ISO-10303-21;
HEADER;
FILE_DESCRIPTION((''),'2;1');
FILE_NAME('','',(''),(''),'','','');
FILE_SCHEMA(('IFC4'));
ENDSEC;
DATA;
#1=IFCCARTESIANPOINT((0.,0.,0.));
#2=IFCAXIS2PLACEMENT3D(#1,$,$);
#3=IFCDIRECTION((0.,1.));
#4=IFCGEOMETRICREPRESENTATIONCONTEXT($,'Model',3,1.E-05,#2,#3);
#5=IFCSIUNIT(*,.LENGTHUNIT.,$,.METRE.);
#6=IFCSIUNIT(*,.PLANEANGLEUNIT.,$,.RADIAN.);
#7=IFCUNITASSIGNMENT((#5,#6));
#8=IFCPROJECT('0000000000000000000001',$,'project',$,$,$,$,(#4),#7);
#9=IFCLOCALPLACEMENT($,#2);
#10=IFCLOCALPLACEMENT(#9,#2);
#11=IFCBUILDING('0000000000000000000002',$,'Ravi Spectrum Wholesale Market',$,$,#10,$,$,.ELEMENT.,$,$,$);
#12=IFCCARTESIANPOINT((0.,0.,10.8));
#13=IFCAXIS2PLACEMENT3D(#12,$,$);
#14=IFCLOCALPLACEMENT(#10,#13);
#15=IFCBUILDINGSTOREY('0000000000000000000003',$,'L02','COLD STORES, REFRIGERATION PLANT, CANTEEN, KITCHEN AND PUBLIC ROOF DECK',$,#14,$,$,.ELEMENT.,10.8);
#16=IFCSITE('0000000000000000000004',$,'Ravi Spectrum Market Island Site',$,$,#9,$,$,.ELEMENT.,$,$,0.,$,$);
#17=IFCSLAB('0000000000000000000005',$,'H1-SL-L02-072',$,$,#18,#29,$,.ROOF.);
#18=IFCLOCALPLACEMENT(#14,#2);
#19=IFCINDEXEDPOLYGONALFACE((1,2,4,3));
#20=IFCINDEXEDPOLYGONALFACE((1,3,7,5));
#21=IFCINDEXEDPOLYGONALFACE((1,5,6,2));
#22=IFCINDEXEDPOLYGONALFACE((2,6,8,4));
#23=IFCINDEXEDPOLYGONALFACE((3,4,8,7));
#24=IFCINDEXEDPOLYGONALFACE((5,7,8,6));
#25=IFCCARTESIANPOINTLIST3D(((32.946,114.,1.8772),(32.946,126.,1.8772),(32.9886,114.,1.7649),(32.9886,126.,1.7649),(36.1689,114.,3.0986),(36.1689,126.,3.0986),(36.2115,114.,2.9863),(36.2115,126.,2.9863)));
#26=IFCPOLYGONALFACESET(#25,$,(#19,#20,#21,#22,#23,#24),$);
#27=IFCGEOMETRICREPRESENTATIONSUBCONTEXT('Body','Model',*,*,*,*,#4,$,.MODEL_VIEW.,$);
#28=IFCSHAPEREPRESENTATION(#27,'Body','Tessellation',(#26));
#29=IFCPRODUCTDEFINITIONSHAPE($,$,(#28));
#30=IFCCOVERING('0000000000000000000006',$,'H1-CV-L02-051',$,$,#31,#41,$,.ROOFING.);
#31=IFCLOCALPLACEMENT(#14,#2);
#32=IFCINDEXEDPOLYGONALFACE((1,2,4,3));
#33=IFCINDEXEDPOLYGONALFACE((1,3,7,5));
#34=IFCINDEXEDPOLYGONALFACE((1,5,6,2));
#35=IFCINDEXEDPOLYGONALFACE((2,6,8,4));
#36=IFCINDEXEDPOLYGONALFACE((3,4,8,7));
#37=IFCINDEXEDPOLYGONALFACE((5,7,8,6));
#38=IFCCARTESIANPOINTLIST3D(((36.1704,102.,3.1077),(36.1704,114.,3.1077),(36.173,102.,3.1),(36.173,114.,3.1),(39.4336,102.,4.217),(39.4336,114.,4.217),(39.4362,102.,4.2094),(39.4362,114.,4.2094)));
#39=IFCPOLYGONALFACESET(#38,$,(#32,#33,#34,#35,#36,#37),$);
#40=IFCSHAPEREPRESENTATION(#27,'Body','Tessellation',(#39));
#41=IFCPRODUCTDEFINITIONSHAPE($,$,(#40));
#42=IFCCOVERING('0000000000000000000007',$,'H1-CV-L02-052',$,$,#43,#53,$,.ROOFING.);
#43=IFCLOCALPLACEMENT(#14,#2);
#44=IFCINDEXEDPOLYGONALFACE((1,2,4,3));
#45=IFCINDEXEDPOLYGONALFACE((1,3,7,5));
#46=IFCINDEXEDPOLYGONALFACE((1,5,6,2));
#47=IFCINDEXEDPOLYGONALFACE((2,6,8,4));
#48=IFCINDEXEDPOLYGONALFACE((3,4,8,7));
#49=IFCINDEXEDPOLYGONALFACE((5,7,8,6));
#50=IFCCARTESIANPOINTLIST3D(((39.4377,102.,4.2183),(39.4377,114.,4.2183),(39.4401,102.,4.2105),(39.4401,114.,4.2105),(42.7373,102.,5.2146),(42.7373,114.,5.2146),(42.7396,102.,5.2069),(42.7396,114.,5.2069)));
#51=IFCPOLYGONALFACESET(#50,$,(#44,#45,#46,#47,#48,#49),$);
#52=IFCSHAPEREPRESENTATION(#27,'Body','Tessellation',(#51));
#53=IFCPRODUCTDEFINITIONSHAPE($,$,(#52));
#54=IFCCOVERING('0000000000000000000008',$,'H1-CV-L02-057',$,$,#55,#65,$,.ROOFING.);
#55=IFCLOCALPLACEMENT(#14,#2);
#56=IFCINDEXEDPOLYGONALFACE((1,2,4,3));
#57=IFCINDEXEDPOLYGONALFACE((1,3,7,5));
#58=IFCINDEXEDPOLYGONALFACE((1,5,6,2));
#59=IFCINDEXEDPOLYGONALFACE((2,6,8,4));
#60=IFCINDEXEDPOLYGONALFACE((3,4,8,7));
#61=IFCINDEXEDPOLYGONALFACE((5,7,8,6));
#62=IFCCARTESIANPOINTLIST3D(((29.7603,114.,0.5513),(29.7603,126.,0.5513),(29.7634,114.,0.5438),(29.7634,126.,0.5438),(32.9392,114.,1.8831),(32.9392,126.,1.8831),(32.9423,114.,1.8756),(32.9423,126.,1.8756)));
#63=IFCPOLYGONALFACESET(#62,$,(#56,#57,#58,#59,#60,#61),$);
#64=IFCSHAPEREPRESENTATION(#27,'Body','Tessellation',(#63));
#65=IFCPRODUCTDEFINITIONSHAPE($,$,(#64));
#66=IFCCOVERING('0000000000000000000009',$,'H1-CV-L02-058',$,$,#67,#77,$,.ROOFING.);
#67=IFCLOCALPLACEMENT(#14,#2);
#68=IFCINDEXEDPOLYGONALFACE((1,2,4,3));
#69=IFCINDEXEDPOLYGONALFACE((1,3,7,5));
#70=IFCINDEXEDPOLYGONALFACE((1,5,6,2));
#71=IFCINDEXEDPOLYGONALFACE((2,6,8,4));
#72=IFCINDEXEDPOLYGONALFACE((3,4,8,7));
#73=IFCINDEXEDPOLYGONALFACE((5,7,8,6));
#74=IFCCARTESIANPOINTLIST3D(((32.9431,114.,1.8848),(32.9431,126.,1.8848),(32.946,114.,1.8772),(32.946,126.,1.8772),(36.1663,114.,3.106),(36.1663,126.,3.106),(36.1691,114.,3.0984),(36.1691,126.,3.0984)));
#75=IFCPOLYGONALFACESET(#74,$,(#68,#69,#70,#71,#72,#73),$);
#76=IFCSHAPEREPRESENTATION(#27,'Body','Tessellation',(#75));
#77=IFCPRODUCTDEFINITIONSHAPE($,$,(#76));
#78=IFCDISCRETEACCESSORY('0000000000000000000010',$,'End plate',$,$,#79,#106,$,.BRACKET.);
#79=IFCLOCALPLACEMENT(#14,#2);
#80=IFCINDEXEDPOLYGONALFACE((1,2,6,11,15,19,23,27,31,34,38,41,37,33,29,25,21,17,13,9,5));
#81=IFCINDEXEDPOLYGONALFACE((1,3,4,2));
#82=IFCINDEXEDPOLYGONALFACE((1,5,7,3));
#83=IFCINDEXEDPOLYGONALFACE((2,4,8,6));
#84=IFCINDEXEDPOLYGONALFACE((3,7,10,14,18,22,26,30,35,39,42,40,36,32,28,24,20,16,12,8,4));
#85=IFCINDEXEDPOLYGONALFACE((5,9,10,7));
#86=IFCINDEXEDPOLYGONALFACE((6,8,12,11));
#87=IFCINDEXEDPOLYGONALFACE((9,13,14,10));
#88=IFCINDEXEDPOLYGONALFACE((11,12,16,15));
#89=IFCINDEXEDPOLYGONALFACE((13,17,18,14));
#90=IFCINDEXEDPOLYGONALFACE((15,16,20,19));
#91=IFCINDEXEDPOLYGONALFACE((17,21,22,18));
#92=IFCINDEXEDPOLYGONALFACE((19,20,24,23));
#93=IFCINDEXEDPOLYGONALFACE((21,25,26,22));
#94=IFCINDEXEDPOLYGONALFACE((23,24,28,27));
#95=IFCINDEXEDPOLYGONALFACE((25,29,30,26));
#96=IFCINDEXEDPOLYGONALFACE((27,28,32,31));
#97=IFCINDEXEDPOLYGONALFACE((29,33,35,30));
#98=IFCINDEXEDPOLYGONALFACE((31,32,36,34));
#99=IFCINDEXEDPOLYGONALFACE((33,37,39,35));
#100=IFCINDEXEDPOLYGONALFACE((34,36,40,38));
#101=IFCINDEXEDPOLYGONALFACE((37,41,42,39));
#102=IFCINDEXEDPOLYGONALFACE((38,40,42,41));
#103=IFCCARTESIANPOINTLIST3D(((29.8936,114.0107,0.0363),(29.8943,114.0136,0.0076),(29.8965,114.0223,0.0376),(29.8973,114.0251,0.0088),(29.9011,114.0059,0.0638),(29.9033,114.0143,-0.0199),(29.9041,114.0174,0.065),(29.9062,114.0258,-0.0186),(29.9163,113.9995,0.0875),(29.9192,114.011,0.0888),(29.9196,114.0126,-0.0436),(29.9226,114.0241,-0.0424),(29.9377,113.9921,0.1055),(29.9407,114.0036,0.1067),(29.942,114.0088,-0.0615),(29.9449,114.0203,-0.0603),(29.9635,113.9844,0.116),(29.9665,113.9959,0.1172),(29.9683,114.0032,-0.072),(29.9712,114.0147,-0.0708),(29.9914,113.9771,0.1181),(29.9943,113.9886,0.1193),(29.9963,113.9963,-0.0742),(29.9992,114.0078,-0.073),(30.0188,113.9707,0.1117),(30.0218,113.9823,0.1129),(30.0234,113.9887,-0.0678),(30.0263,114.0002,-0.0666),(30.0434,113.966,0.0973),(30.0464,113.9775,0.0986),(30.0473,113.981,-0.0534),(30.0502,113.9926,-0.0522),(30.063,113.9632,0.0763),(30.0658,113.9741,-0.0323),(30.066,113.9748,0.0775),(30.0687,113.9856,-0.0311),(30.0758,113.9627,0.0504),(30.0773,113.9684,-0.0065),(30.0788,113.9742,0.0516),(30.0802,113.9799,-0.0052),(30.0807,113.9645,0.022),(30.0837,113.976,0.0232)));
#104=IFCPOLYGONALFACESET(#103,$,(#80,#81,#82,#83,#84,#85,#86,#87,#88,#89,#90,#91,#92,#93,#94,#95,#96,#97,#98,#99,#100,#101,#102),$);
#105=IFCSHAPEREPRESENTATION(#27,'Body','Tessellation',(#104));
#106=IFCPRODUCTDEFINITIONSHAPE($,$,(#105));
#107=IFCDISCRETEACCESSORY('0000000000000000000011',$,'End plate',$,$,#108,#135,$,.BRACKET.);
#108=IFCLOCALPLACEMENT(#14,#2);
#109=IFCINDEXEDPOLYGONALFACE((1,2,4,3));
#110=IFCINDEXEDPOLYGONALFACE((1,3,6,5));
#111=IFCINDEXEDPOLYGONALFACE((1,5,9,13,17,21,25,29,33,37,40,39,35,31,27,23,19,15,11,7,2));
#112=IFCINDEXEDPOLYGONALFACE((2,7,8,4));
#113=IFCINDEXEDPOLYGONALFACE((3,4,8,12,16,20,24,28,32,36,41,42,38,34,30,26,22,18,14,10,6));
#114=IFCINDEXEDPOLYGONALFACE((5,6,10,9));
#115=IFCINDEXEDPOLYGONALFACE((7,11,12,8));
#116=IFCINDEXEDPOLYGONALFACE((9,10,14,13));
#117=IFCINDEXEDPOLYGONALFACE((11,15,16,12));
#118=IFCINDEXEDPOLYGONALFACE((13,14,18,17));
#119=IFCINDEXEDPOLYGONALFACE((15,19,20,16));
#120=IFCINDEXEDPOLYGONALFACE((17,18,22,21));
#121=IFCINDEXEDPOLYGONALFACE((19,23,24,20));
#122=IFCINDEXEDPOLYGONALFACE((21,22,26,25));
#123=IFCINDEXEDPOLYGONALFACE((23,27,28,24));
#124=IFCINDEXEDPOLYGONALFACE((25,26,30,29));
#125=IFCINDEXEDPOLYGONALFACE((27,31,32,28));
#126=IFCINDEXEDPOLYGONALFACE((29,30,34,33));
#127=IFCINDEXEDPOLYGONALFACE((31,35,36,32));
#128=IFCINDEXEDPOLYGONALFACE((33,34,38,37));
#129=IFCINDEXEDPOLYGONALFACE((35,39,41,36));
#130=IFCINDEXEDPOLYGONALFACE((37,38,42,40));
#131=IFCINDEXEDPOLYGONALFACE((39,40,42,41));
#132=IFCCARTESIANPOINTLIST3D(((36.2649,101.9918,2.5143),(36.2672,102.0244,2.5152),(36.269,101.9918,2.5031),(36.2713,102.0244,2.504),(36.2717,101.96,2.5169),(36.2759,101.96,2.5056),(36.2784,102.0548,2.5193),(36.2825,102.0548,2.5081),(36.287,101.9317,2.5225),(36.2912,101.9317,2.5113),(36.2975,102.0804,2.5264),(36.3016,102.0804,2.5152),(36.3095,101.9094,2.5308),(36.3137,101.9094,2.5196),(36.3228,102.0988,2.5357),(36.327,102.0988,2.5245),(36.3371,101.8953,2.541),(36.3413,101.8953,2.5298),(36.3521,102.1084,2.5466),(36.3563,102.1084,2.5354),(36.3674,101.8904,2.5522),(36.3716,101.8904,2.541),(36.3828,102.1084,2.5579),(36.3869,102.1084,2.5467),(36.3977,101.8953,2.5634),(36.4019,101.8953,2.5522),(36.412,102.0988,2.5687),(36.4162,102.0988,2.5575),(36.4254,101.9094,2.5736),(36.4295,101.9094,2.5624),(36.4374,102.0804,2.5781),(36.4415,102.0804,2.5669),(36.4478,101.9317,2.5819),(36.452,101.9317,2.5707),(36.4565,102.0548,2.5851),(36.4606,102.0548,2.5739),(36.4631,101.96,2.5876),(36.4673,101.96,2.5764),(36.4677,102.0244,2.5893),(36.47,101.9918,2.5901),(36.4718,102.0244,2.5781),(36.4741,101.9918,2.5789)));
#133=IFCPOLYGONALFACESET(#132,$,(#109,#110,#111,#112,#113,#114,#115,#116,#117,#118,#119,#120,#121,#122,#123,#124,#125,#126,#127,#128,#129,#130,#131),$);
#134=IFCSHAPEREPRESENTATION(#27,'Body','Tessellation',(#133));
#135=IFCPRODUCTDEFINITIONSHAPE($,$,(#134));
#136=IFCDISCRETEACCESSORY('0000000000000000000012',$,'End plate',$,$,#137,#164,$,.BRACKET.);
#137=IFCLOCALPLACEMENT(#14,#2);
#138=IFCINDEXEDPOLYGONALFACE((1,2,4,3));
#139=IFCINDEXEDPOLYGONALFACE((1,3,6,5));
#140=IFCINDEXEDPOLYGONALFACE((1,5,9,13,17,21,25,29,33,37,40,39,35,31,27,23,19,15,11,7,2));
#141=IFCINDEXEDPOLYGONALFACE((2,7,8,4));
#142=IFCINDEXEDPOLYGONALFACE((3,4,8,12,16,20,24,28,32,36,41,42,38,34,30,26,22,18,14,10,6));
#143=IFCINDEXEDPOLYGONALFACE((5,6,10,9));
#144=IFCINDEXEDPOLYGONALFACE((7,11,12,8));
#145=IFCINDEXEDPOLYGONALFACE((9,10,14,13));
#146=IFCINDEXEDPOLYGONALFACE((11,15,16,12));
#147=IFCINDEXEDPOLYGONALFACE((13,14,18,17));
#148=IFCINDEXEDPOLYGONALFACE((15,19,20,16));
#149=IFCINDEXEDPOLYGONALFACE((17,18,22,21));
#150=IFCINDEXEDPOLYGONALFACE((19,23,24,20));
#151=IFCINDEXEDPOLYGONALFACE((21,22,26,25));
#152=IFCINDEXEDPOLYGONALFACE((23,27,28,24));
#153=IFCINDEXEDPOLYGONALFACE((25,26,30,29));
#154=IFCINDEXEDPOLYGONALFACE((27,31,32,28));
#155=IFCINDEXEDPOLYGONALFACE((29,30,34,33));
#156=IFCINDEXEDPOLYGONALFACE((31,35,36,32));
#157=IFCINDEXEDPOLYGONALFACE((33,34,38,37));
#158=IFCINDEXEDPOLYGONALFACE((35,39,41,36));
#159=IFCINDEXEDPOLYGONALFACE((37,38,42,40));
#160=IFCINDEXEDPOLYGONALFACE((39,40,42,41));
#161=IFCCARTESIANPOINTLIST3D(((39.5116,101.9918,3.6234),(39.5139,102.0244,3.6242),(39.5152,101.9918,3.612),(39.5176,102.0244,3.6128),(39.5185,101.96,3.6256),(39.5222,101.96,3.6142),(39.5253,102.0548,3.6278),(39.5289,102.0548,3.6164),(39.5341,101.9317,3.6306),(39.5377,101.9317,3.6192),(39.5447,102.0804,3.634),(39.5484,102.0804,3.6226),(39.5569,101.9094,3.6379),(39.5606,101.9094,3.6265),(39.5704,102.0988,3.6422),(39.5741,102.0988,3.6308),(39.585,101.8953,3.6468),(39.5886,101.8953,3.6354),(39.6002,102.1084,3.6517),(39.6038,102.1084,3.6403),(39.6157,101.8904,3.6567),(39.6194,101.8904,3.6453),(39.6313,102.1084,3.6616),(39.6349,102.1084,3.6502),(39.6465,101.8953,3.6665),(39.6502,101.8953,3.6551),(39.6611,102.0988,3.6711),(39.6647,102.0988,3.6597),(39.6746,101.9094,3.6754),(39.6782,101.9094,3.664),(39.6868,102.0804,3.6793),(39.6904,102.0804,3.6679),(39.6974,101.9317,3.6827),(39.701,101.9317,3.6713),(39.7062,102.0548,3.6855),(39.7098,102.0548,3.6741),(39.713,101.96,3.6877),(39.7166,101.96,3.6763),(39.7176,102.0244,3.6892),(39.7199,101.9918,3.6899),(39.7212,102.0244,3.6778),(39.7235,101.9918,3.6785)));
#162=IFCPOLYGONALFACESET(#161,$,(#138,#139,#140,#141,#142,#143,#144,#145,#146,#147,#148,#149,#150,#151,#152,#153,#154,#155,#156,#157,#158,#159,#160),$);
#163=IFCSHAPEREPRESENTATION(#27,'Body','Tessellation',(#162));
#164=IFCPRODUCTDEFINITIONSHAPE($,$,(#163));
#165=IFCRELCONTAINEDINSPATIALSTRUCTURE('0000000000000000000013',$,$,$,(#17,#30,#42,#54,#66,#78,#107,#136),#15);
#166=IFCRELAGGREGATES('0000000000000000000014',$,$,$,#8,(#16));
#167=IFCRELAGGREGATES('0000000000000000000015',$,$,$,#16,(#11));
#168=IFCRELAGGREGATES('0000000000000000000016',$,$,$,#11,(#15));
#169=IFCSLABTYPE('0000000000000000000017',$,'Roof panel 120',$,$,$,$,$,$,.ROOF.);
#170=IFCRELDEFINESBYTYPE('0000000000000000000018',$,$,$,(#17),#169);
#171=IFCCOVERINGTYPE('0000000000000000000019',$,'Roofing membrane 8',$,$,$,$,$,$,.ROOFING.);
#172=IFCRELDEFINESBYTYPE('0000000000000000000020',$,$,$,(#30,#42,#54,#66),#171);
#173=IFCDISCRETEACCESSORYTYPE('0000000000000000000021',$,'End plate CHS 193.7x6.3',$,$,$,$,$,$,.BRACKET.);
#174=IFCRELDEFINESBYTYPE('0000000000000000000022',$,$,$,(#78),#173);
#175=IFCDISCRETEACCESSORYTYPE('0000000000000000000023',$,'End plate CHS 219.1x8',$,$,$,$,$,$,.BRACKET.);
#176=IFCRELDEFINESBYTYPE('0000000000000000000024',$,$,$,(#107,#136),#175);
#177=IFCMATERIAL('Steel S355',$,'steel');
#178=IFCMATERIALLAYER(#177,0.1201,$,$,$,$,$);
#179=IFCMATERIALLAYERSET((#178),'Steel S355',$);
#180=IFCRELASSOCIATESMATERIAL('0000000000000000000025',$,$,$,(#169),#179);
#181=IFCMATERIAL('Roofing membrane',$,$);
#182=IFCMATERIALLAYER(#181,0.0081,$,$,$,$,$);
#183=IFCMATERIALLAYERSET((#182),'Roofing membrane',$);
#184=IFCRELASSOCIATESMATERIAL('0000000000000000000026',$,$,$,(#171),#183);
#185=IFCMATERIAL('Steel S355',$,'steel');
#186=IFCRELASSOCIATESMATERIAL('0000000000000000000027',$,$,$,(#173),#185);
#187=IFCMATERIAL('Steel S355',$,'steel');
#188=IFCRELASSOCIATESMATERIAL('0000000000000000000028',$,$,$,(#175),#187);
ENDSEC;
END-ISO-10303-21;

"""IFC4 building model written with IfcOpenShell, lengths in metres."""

from ifc_helpers import new_model, si_unit, direction, frame, origin, origin_2d, place, context, subcontext, project, spatial, polyline, circle, outline, extrude, material, layer, layer_set, material_profile, profile_set, type_object, element, save


model = new_model("IFC4")

# Units and contexts
model_context = context("Model", 3, precision=1e-05, world=origin(), true_north=direction((0.0, 1.0)))
body_context = subcontext(model_context, "Body", "Model", "MODEL_VIEW")
ifc_project = project(units=[si_unit("LENGTHUNIT", "METRE"), si_unit("PLANEANGLEUNIT", "RADIAN")], contexts=[model_context])

# Site, building, storey
site_placement = place(None, origin())
site = spatial("IfcSite", under=ifc_project, at=site_placement, Name="Ravi Spectrum Market Island Site", CompositionType="ELEMENT", RefElevation=0.0)
building_placement = place(site_placement, origin())
building = spatial("IfcBuilding", under=site, at=building_placement, Name="Ravi Spectrum Wholesale Market", CompositionType="ELEMENT")
storey_placement = place(building_placement, frame((0.0, 0.0, 10.8)))
storey = spatial("IfcBuildingStorey", under=building, at=storey_placement, Name="L02", Description="COLD STORES, REFRIGERATION PLANT, CANTEEN, KITCHEN AND PUBLIC ROOF DECK", CompositionType="ELEMENT", Elevation=10.8)

# Slab
ifc_material_1 = material(Name="Steel S355", Category="steel")
ifc_layer_1 = layer(ifc_material_1, 0.1201)
ifc_layer_set_1 = layer_set([ifc_layer_1], Name="Steel S355")
slab_type = type_object("IfcSlabType", Name="Roof panel 120", PredefinedType="ROOF", material=ifc_layer_set_1)
slab_1_placement = place(storey_placement, frame((32.946, 114.0, 1.8772), z_axis=(-0.354389, 0.0, 0.935098), x_axis=(0.935098, 0.0, 0.354389)))
element("IfcSlab", 1, at=slab_1_placement, inside=storey, type_object=slab_type, Name="H1-SL-L02-072", PredefinedType="ROOF", context=body_context, shape_type="SweptSolid", body=[
    extrude(outline(polyline([(0.0, 0.0), (3.4466, 0.0), (3.4466, 12.0), (0.0, 12.0), (0.0, 0.0)])), origin(), (0.0, 0.0, -1.0), 0.1201),
])

# Coverings
ifc_material_2 = material(Name="Roofing membrane")
ifc_layer_2 = layer(ifc_material_2, 0.0081)
ifc_layer_set_2 = layer_set([ifc_layer_2], Name="Roofing membrane")
covering_type = type_object("IfcCoveringType", Name="Roofing membrane 8", PredefinedType="ROOFING", material=ifc_layer_set_2)
covering_1_placement = place(storey_placement, frame((36.1704, 102.0, 3.1077), z_axis=(-0.321875, 0.0, 0.946782), x_axis=(0.946782, 0.0, 0.321875)))
element("IfcCovering", 2, at=covering_1_placement, inside=storey, type_object=covering_type, Name="H1-CV-L02-051", PredefinedType="ROOFING", context=body_context, shape_type="SweptSolid", body=[
    extrude(outline(polyline([(0.0, 0.0), (3.4466, 0.0), (3.4466, 12.0), (0.0, 12.0), (0.0, 0.0)])), origin(), (0.0, 0.0, -1.0), 0.0081),
])
covering_2_placement = place(storey_placement, frame((39.4377, 102.0, 4.2183), z_axis=(-0.28907, 0.0, 0.957308), x_axis=(0.957308, 0.0, 0.28907)))
element("IfcCovering", 3, at=covering_2_placement, inside=storey, type_object=covering_type, Name="H1-CV-L02-052", PredefinedType="ROOFING", context=body_context, shape_type="SweptSolid", body=[
    extrude(outline(polyline([(0.0, 0.0), (3.4467, 0.0), (3.4467, 12.0), (0.0, 12.0), (0.0, 0.0)])), origin(), (0.0, 0.0, -1.0), 0.0081),
])
covering_3_placement = place(storey_placement, frame((29.7603, 114.0, 0.5513), z_axis=(-0.3864, 0.0, 0.922331), x_axis=(0.922331, 0.0, 0.3864)))
element("IfcCovering", 4, at=covering_3_placement, inside=storey, type_object=covering_type, Name="H1-CV-L02-057", PredefinedType="ROOFING", context=body_context, shape_type="SweptSolid", body=[
    extrude(outline(polyline([(0.0, 0.0), (3.4467, 0.0), (3.4467, 12.0), (0.0, 12.0), (0.0, 0.0)])), origin(), (0.0, 0.0, -1.0), 0.0081),
])
covering_4_placement = place(storey_placement, frame((32.9431, 114.0, 1.8848), z_axis=(-0.354304, 0.0, 0.93513), x_axis=(0.93513, 0.0, 0.354304)))
element("IfcCovering", 5, at=covering_4_placement, inside=storey, type_object=covering_type, Name="H1-CV-L02-058", PredefinedType="ROOFING", context=body_context, shape_type="SweptSolid", body=[
    extrude(outline(polyline([(0.0, 0.0), (3.4467, 0.0), (3.4467, 12.0), (0.0, 12.0), (0.0, 0.0)])), origin(), (0.0, 0.0, -1.0), 0.0081),
])

# Discrete accessories
ifc_material_3 = material(Name="Steel S355", Category="steel")
ifc_material_profile_1 = material_profile(ifc_material_3, circle(Radius=0.0969, at=origin_2d()))
ifc_profile_set_1 = profile_set([ifc_material_profile_1], Name="Steel S355")
discrete_accessory_type_1 = type_object("IfcDiscreteAccessoryType", Name="End plate CHS 193.7x6.3", PredefinedType="BRACKET", material=ifc_profile_set_1)
discrete_accessory_1_placement = place(storey_placement, frame((29.9897, 114.0, 0.0232), z_axis=(-0.246079, -0.963811, -0.102533), x_axis=(0.968918, -0.247383, 0.0)))
element("IfcDiscreteAccessory", 6, at=discrete_accessory_1_placement, inside=storey, type_object=discrete_accessory_type_1, Name="End plate", PredefinedType="BRACKET", context=body_context, shape_type="SweptSolid", body=[
    extrude(circle(Radius=0.0969, at=origin_2d()), origin(), (0.0, 0.0, 1.0), 0.012),
])
ifc_material_4 = material(Name="Steel S355", Category="steel")
ifc_material_profile_2 = material_profile(ifc_material_4, circle(Radius=0.1096, at=origin_2d()))
ifc_profile_set_2 = profile_set([ifc_material_profile_2], Name="Steel S355")
discrete_accessory_type_2 = type_object("IfcDiscreteAccessoryType", Name="End plate CHS 219.1x8", PredefinedType="BRACKET", material=ifc_profile_set_2)
for number, where, z_axis, x_axis, name in (
    (7, (36.3716, 102.0, 2.541), (-0.34665, 0.0, 0.937994), (0.0, -1.0, 0.0), "End plate"),
    (8, (39.6194, 102.0, 3.6453), (-0.30404, 0.0, 0.952659), (0.0, -1.0, 0.0), "End plate"),
):
    element("IfcDiscreteAccessory", number, at=place(storey_placement, frame(where, z_axis=z_axis, x_axis=x_axis)), inside=storey, type_object=discrete_accessory_type_2, Name=name, PredefinedType="BRACKET", context=body_context, shape_type="SweptSolid", body=[
        extrude(circle(Radius=0.1096, at=origin_2d()), origin(), (0.0, 0.0, 1.0), 0.012),
    ])

save(model, "model.ifc")
